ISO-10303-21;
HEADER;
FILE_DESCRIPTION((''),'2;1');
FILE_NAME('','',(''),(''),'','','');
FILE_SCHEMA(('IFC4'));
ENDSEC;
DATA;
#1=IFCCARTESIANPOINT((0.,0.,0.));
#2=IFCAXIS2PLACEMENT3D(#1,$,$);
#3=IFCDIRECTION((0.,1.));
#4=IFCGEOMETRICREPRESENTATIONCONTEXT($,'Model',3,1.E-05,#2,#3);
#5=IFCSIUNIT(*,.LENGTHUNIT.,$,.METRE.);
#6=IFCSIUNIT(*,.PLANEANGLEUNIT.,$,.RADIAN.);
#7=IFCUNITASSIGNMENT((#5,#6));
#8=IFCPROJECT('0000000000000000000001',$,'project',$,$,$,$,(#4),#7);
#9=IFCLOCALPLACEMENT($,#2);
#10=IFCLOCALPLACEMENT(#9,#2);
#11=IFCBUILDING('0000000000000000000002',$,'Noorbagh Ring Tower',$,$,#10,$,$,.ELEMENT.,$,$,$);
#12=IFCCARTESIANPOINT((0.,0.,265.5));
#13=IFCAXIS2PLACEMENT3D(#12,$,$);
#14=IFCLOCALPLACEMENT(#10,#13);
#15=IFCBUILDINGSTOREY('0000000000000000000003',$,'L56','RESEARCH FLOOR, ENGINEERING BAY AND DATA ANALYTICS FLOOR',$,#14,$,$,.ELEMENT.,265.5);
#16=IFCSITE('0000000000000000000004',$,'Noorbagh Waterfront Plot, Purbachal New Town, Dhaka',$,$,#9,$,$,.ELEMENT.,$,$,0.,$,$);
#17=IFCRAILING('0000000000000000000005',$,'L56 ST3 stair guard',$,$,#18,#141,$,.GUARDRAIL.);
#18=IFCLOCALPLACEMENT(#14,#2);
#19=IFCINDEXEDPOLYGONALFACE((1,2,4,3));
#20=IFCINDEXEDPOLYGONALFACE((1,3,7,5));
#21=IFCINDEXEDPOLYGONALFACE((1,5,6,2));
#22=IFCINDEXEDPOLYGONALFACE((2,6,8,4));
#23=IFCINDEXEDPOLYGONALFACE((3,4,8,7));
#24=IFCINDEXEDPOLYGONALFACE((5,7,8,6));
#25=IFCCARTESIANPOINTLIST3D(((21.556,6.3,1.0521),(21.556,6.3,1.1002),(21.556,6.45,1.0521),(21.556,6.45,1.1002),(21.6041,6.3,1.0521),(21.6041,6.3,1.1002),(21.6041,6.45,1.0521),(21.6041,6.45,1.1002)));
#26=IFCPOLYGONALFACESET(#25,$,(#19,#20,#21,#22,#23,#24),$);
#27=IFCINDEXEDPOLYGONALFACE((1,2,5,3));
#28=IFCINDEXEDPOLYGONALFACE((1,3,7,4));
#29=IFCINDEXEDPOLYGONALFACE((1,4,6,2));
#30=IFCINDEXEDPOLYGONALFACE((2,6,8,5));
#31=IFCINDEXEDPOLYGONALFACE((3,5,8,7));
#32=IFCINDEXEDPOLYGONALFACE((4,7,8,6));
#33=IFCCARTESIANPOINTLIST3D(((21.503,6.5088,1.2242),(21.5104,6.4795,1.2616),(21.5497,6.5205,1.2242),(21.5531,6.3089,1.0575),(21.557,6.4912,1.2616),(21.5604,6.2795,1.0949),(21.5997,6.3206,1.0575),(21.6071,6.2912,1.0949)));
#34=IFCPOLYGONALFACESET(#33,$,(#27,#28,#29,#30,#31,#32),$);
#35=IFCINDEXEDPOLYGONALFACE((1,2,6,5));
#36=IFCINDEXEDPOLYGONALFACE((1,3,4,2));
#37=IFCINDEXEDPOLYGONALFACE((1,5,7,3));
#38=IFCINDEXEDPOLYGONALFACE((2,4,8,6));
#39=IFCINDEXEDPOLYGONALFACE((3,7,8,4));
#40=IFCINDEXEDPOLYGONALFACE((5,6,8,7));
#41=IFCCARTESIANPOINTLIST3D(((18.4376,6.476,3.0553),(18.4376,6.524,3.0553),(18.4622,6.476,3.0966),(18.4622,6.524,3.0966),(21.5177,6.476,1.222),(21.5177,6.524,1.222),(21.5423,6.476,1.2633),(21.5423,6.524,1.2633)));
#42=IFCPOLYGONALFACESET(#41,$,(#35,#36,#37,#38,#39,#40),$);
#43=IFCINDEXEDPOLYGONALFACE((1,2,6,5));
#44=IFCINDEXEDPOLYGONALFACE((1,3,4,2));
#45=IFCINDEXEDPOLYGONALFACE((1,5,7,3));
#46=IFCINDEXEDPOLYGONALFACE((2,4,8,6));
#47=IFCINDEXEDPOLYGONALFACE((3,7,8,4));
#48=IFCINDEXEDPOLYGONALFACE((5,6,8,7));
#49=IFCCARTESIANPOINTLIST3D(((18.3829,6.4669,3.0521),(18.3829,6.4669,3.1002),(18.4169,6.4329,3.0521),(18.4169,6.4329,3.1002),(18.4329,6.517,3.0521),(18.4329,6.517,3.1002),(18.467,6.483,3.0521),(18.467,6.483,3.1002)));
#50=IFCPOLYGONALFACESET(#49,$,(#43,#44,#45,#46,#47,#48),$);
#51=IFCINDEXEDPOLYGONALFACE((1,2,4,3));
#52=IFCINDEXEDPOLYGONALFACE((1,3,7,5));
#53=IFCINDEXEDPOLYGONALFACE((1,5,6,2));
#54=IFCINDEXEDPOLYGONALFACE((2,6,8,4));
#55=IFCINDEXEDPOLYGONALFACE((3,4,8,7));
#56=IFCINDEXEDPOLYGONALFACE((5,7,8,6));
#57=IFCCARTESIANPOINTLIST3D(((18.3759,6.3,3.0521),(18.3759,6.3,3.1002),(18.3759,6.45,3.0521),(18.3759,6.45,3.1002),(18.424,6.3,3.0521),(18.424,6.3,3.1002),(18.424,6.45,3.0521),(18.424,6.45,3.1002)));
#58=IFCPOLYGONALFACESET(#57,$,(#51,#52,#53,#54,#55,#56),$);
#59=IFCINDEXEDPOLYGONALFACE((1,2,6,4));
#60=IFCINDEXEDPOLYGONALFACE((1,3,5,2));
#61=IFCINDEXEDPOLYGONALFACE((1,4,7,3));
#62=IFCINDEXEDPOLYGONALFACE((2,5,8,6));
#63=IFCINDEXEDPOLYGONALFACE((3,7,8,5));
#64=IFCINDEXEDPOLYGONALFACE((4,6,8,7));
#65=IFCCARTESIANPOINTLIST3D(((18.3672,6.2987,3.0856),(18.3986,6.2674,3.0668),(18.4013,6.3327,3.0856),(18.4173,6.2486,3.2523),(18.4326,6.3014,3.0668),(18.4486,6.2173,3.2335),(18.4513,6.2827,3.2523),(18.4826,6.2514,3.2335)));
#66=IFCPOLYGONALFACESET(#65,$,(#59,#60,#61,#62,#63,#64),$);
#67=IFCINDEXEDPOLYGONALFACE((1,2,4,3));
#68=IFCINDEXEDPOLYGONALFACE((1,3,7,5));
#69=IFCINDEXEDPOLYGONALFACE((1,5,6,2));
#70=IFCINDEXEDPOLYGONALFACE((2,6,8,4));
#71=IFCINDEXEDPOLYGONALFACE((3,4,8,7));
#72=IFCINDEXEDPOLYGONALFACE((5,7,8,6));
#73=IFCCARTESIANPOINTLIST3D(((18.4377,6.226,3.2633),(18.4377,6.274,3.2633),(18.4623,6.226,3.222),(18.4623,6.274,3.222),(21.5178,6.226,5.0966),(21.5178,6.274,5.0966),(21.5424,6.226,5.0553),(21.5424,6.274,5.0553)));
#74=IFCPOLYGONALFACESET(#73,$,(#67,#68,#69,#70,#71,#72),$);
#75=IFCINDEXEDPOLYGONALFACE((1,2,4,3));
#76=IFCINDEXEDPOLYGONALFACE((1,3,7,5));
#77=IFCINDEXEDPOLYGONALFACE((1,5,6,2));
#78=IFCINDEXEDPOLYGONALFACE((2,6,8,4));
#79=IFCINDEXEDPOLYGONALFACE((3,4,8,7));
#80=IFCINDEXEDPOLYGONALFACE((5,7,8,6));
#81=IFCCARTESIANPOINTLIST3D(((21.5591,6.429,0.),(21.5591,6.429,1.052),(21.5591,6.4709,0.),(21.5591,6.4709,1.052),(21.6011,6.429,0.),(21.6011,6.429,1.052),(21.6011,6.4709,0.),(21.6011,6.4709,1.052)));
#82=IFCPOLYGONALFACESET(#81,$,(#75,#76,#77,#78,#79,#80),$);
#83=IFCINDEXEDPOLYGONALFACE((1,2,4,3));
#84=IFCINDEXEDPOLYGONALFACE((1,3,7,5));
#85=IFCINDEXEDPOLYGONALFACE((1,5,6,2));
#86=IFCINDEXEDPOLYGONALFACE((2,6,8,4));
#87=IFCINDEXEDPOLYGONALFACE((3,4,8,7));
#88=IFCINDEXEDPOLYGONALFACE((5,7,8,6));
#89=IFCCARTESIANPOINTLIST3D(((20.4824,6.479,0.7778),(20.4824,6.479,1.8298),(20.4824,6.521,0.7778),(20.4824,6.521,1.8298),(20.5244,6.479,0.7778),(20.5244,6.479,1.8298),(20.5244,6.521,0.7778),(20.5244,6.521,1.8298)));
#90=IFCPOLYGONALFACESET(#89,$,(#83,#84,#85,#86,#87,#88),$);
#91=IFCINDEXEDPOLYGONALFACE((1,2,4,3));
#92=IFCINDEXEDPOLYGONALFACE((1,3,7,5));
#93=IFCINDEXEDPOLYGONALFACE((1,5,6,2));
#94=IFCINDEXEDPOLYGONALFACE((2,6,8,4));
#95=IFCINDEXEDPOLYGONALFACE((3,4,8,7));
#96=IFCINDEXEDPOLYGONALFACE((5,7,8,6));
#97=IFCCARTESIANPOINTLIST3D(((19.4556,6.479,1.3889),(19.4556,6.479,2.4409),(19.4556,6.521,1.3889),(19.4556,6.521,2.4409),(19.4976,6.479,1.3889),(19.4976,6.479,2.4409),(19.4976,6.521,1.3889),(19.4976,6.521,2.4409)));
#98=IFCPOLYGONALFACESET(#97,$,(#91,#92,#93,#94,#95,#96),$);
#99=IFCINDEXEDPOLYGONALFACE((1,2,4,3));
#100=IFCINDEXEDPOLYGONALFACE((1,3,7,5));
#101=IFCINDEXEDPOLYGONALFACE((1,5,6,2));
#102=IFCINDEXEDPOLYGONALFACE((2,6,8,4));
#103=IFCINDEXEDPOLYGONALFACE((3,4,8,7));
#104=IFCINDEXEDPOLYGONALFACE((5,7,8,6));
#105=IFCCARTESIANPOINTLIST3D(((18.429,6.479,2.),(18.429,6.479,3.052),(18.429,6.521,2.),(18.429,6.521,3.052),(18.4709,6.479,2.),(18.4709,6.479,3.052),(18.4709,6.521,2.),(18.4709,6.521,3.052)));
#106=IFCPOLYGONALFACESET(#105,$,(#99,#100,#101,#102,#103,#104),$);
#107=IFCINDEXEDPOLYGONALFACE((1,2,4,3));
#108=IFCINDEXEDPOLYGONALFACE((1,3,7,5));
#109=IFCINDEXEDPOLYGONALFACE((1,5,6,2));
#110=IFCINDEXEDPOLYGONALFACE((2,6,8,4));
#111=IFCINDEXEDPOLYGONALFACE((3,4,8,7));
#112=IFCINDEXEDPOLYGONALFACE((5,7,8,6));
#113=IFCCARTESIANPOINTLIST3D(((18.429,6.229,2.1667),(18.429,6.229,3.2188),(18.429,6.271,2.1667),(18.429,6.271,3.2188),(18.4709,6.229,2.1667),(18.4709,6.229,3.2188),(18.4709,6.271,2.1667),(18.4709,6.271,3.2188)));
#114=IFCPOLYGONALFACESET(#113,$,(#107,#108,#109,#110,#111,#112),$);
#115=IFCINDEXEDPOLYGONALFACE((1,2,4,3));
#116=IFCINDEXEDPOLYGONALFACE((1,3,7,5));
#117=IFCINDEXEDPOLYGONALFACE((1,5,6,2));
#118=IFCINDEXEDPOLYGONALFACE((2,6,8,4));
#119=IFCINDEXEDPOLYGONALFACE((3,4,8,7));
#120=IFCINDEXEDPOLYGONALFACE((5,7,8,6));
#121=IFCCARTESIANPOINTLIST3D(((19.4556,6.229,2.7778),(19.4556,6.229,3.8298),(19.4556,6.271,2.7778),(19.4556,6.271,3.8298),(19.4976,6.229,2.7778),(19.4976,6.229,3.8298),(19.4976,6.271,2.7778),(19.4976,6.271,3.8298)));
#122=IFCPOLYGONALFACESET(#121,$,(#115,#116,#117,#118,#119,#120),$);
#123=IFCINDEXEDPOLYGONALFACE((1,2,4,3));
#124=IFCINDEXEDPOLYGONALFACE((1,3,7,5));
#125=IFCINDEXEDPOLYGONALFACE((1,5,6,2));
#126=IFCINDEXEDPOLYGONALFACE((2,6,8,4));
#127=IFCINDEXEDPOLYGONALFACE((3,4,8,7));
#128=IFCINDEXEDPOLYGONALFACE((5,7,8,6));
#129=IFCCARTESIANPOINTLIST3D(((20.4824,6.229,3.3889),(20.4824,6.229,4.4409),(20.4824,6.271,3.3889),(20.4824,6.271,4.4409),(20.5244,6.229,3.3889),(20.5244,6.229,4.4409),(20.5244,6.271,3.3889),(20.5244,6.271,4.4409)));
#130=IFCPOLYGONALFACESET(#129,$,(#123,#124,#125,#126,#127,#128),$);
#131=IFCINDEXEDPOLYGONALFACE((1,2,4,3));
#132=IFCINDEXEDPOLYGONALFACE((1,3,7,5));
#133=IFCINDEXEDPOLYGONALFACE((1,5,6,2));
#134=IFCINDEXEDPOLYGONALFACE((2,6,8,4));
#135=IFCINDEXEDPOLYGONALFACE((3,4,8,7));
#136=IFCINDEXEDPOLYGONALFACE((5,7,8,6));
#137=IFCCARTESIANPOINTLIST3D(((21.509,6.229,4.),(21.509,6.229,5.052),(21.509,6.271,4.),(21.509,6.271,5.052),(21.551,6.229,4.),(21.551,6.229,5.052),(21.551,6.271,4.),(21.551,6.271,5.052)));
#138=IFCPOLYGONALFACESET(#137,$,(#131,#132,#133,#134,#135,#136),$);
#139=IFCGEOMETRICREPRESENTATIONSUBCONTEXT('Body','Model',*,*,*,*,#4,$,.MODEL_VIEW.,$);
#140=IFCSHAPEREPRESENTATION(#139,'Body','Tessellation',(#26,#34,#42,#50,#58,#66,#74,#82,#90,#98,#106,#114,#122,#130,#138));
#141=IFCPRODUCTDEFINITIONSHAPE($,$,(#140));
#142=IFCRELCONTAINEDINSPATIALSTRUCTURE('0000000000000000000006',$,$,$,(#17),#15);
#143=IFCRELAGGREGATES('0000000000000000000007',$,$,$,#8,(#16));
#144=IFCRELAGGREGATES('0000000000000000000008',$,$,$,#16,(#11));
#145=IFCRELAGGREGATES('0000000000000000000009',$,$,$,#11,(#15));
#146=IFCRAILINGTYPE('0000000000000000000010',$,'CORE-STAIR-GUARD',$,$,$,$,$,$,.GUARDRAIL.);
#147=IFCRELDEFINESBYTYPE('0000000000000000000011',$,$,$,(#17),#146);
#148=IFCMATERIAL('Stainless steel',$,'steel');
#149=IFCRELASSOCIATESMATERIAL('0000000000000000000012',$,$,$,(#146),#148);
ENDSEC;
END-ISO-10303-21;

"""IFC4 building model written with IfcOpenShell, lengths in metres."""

from ifc_helpers import new_model, si_unit, direction, frame, origin, origin_2d, place, context, subcontext, project, spatial, rectangle, extrude, material, type_object, element, save


model = new_model("IFC4")

# Units and contexts
model_context = context("Model", 3, precision=1e-05, world=origin(), true_north=direction((0.0, 1.0)))
body_context = subcontext(model_context, "Body", "Model", "MODEL_VIEW")
ifc_project = project(units=[si_unit("LENGTHUNIT", "METRE"), si_unit("PLANEANGLEUNIT", "RADIAN")], contexts=[model_context])

# Site, building, storey
site_placement = place(None, origin())
site = spatial("IfcSite", under=ifc_project, at=site_placement, Name="Noorbagh Waterfront Plot, Purbachal New Town, Dhaka", CompositionType="ELEMENT", RefElevation=0.0)
building_placement = place(site_placement, origin())
building = spatial("IfcBuilding", under=site, at=building_placement, Name="Noorbagh Ring Tower", CompositionType="ELEMENT")
storey_placement = place(building_placement, frame((0.0, 0.0, 265.5)))
storey = spatial("IfcBuildingStorey", under=building, at=storey_placement, Name="L56", Description="RESEARCH FLOOR, ENGINEERING BAY AND DATA ANALYTICS FLOOR", CompositionType="ELEMENT", Elevation=265.5)

# Railing
ifc_material_1 = material(Name="Stainless steel", Category="steel")
railing_type_1 = type_object("IfcRailingType", Name="CORE-STAIR-GUARD", PredefinedType="GUARDRAIL", material=ifc_material_1)
railing_1_placement = place(storey_placement, frame((21.5801, 6.45, 0.0)))
element("IfcRailing", 1, at=railing_1_placement, inside=storey, type_object=railing_type_1, Name="L56 ST3 stair guard", PredefinedType="GUARDRAIL", context=body_context, shape_type="SweptSolid", body=[
    extrude(rectangle(XDim=0.0481, YDim=0.0481, at=origin_2d()), frame((0.0, 0.0, 1.0762), z_axis=(0.0, -1.0, 0.0), x_axis=(1.0, 0.0, 0.0)), (0.0, 0.0, 1.0), 0.1499),
    extrude(rectangle(XDim=0.0481, YDim=0.0481, at=origin_2d()), frame((0.0, -0.1499, 1.0762), z_axis=(-0.188776, 0.754182, 0.628946), x_axis=(-0.970073, -0.242814, 0.0)), (0.0, 0.0, 1.0), 0.2651),
    extrude(rectangle(XDim=0.0481, YDim=0.0481, at=origin_2d()), frame((-0.05, 0.05, 1.2427), z_axis=(-0.859309, 0.0, 0.511458), x_axis=(0.0, -1.0, 0.0)), (0.0, 0.0, 1.0), 3.5845),
    extrude(rectangle(XDim=0.0481, YDim=0.0481, at=origin_2d()), frame((-3.1301, 0.05, 3.0762), z_axis=(-0.707107, -0.707107, 0.0), x_axis=(0.707107, -0.707107, 0.0)), (0.0, 0.0, 1.0), 0.0708),
    extrude(rectangle(XDim=0.0481, YDim=0.0481, at=origin_2d()), frame((-3.1802, 0.0, 3.0762), z_axis=(0.0, -1.0, 0.0), x_axis=(1.0, 0.0, 0.0)), (0.0, 0.0, 1.0), 0.1499),
    extrude(rectangle(XDim=0.0481, YDim=0.0481, at=origin_2d()), frame((-3.1802, -0.1499, 3.0762), z_axis=(0.276287, -0.276287, 0.920506), x_axis=(0.707107, 0.707107, 0.0)), (0.0, 0.0, 1.0), 0.1812),
    extrude(rectangle(XDim=0.0481, YDim=0.0481, at=origin_2d()), frame((-3.1301, -0.2, 3.2427), z_axis=(0.859309, 0.0, 0.511458), x_axis=(0.0, 1.0, 0.0)), (0.0, 0.0, 1.0), 3.5845),
    extrude(rectangle(XDim=0.042, YDim=0.042, at=origin_2d()), origin(), (0.0, 0.0, 1.0), 1.052),
    extrude(rectangle(XDim=0.042, YDim=0.042, at=origin_2d()), frame((-1.0767, 0.05, 0.7778)), (0.0, 0.0, 1.0), 1.052),
    extrude(rectangle(XDim=0.042, YDim=0.042, at=origin_2d()), frame((-2.1035, 0.05, 1.3889)), (0.0, 0.0, 1.0), 1.052),
    extrude(rectangle(XDim=0.042, YDim=0.042, at=origin_2d()), frame((-3.1301, 0.05, 2.0)), (0.0, 0.0, 1.0), 1.052),
    extrude(rectangle(XDim=0.042, YDim=0.042, at=origin_2d()), frame((-3.1301, -0.2, 2.1667)), (0.0, 0.0, 1.0), 1.052),
    extrude(rectangle(XDim=0.042, YDim=0.042, at=origin_2d()), frame((-2.1035, -0.2, 2.7778)), (0.0, 0.0, 1.0), 1.052),
    extrude(rectangle(XDim=0.042, YDim=0.042, at=origin_2d()), frame((-1.0767, -0.2, 3.3889)), (0.0, 0.0, 1.0), 1.052),
    extrude(rectangle(XDim=0.042, YDim=0.042, at=origin_2d()), frame((-0.05, -0.2, 4.0)), (0.0, 0.0, 1.0), 1.052),
])

save(model, "model.ifc")
